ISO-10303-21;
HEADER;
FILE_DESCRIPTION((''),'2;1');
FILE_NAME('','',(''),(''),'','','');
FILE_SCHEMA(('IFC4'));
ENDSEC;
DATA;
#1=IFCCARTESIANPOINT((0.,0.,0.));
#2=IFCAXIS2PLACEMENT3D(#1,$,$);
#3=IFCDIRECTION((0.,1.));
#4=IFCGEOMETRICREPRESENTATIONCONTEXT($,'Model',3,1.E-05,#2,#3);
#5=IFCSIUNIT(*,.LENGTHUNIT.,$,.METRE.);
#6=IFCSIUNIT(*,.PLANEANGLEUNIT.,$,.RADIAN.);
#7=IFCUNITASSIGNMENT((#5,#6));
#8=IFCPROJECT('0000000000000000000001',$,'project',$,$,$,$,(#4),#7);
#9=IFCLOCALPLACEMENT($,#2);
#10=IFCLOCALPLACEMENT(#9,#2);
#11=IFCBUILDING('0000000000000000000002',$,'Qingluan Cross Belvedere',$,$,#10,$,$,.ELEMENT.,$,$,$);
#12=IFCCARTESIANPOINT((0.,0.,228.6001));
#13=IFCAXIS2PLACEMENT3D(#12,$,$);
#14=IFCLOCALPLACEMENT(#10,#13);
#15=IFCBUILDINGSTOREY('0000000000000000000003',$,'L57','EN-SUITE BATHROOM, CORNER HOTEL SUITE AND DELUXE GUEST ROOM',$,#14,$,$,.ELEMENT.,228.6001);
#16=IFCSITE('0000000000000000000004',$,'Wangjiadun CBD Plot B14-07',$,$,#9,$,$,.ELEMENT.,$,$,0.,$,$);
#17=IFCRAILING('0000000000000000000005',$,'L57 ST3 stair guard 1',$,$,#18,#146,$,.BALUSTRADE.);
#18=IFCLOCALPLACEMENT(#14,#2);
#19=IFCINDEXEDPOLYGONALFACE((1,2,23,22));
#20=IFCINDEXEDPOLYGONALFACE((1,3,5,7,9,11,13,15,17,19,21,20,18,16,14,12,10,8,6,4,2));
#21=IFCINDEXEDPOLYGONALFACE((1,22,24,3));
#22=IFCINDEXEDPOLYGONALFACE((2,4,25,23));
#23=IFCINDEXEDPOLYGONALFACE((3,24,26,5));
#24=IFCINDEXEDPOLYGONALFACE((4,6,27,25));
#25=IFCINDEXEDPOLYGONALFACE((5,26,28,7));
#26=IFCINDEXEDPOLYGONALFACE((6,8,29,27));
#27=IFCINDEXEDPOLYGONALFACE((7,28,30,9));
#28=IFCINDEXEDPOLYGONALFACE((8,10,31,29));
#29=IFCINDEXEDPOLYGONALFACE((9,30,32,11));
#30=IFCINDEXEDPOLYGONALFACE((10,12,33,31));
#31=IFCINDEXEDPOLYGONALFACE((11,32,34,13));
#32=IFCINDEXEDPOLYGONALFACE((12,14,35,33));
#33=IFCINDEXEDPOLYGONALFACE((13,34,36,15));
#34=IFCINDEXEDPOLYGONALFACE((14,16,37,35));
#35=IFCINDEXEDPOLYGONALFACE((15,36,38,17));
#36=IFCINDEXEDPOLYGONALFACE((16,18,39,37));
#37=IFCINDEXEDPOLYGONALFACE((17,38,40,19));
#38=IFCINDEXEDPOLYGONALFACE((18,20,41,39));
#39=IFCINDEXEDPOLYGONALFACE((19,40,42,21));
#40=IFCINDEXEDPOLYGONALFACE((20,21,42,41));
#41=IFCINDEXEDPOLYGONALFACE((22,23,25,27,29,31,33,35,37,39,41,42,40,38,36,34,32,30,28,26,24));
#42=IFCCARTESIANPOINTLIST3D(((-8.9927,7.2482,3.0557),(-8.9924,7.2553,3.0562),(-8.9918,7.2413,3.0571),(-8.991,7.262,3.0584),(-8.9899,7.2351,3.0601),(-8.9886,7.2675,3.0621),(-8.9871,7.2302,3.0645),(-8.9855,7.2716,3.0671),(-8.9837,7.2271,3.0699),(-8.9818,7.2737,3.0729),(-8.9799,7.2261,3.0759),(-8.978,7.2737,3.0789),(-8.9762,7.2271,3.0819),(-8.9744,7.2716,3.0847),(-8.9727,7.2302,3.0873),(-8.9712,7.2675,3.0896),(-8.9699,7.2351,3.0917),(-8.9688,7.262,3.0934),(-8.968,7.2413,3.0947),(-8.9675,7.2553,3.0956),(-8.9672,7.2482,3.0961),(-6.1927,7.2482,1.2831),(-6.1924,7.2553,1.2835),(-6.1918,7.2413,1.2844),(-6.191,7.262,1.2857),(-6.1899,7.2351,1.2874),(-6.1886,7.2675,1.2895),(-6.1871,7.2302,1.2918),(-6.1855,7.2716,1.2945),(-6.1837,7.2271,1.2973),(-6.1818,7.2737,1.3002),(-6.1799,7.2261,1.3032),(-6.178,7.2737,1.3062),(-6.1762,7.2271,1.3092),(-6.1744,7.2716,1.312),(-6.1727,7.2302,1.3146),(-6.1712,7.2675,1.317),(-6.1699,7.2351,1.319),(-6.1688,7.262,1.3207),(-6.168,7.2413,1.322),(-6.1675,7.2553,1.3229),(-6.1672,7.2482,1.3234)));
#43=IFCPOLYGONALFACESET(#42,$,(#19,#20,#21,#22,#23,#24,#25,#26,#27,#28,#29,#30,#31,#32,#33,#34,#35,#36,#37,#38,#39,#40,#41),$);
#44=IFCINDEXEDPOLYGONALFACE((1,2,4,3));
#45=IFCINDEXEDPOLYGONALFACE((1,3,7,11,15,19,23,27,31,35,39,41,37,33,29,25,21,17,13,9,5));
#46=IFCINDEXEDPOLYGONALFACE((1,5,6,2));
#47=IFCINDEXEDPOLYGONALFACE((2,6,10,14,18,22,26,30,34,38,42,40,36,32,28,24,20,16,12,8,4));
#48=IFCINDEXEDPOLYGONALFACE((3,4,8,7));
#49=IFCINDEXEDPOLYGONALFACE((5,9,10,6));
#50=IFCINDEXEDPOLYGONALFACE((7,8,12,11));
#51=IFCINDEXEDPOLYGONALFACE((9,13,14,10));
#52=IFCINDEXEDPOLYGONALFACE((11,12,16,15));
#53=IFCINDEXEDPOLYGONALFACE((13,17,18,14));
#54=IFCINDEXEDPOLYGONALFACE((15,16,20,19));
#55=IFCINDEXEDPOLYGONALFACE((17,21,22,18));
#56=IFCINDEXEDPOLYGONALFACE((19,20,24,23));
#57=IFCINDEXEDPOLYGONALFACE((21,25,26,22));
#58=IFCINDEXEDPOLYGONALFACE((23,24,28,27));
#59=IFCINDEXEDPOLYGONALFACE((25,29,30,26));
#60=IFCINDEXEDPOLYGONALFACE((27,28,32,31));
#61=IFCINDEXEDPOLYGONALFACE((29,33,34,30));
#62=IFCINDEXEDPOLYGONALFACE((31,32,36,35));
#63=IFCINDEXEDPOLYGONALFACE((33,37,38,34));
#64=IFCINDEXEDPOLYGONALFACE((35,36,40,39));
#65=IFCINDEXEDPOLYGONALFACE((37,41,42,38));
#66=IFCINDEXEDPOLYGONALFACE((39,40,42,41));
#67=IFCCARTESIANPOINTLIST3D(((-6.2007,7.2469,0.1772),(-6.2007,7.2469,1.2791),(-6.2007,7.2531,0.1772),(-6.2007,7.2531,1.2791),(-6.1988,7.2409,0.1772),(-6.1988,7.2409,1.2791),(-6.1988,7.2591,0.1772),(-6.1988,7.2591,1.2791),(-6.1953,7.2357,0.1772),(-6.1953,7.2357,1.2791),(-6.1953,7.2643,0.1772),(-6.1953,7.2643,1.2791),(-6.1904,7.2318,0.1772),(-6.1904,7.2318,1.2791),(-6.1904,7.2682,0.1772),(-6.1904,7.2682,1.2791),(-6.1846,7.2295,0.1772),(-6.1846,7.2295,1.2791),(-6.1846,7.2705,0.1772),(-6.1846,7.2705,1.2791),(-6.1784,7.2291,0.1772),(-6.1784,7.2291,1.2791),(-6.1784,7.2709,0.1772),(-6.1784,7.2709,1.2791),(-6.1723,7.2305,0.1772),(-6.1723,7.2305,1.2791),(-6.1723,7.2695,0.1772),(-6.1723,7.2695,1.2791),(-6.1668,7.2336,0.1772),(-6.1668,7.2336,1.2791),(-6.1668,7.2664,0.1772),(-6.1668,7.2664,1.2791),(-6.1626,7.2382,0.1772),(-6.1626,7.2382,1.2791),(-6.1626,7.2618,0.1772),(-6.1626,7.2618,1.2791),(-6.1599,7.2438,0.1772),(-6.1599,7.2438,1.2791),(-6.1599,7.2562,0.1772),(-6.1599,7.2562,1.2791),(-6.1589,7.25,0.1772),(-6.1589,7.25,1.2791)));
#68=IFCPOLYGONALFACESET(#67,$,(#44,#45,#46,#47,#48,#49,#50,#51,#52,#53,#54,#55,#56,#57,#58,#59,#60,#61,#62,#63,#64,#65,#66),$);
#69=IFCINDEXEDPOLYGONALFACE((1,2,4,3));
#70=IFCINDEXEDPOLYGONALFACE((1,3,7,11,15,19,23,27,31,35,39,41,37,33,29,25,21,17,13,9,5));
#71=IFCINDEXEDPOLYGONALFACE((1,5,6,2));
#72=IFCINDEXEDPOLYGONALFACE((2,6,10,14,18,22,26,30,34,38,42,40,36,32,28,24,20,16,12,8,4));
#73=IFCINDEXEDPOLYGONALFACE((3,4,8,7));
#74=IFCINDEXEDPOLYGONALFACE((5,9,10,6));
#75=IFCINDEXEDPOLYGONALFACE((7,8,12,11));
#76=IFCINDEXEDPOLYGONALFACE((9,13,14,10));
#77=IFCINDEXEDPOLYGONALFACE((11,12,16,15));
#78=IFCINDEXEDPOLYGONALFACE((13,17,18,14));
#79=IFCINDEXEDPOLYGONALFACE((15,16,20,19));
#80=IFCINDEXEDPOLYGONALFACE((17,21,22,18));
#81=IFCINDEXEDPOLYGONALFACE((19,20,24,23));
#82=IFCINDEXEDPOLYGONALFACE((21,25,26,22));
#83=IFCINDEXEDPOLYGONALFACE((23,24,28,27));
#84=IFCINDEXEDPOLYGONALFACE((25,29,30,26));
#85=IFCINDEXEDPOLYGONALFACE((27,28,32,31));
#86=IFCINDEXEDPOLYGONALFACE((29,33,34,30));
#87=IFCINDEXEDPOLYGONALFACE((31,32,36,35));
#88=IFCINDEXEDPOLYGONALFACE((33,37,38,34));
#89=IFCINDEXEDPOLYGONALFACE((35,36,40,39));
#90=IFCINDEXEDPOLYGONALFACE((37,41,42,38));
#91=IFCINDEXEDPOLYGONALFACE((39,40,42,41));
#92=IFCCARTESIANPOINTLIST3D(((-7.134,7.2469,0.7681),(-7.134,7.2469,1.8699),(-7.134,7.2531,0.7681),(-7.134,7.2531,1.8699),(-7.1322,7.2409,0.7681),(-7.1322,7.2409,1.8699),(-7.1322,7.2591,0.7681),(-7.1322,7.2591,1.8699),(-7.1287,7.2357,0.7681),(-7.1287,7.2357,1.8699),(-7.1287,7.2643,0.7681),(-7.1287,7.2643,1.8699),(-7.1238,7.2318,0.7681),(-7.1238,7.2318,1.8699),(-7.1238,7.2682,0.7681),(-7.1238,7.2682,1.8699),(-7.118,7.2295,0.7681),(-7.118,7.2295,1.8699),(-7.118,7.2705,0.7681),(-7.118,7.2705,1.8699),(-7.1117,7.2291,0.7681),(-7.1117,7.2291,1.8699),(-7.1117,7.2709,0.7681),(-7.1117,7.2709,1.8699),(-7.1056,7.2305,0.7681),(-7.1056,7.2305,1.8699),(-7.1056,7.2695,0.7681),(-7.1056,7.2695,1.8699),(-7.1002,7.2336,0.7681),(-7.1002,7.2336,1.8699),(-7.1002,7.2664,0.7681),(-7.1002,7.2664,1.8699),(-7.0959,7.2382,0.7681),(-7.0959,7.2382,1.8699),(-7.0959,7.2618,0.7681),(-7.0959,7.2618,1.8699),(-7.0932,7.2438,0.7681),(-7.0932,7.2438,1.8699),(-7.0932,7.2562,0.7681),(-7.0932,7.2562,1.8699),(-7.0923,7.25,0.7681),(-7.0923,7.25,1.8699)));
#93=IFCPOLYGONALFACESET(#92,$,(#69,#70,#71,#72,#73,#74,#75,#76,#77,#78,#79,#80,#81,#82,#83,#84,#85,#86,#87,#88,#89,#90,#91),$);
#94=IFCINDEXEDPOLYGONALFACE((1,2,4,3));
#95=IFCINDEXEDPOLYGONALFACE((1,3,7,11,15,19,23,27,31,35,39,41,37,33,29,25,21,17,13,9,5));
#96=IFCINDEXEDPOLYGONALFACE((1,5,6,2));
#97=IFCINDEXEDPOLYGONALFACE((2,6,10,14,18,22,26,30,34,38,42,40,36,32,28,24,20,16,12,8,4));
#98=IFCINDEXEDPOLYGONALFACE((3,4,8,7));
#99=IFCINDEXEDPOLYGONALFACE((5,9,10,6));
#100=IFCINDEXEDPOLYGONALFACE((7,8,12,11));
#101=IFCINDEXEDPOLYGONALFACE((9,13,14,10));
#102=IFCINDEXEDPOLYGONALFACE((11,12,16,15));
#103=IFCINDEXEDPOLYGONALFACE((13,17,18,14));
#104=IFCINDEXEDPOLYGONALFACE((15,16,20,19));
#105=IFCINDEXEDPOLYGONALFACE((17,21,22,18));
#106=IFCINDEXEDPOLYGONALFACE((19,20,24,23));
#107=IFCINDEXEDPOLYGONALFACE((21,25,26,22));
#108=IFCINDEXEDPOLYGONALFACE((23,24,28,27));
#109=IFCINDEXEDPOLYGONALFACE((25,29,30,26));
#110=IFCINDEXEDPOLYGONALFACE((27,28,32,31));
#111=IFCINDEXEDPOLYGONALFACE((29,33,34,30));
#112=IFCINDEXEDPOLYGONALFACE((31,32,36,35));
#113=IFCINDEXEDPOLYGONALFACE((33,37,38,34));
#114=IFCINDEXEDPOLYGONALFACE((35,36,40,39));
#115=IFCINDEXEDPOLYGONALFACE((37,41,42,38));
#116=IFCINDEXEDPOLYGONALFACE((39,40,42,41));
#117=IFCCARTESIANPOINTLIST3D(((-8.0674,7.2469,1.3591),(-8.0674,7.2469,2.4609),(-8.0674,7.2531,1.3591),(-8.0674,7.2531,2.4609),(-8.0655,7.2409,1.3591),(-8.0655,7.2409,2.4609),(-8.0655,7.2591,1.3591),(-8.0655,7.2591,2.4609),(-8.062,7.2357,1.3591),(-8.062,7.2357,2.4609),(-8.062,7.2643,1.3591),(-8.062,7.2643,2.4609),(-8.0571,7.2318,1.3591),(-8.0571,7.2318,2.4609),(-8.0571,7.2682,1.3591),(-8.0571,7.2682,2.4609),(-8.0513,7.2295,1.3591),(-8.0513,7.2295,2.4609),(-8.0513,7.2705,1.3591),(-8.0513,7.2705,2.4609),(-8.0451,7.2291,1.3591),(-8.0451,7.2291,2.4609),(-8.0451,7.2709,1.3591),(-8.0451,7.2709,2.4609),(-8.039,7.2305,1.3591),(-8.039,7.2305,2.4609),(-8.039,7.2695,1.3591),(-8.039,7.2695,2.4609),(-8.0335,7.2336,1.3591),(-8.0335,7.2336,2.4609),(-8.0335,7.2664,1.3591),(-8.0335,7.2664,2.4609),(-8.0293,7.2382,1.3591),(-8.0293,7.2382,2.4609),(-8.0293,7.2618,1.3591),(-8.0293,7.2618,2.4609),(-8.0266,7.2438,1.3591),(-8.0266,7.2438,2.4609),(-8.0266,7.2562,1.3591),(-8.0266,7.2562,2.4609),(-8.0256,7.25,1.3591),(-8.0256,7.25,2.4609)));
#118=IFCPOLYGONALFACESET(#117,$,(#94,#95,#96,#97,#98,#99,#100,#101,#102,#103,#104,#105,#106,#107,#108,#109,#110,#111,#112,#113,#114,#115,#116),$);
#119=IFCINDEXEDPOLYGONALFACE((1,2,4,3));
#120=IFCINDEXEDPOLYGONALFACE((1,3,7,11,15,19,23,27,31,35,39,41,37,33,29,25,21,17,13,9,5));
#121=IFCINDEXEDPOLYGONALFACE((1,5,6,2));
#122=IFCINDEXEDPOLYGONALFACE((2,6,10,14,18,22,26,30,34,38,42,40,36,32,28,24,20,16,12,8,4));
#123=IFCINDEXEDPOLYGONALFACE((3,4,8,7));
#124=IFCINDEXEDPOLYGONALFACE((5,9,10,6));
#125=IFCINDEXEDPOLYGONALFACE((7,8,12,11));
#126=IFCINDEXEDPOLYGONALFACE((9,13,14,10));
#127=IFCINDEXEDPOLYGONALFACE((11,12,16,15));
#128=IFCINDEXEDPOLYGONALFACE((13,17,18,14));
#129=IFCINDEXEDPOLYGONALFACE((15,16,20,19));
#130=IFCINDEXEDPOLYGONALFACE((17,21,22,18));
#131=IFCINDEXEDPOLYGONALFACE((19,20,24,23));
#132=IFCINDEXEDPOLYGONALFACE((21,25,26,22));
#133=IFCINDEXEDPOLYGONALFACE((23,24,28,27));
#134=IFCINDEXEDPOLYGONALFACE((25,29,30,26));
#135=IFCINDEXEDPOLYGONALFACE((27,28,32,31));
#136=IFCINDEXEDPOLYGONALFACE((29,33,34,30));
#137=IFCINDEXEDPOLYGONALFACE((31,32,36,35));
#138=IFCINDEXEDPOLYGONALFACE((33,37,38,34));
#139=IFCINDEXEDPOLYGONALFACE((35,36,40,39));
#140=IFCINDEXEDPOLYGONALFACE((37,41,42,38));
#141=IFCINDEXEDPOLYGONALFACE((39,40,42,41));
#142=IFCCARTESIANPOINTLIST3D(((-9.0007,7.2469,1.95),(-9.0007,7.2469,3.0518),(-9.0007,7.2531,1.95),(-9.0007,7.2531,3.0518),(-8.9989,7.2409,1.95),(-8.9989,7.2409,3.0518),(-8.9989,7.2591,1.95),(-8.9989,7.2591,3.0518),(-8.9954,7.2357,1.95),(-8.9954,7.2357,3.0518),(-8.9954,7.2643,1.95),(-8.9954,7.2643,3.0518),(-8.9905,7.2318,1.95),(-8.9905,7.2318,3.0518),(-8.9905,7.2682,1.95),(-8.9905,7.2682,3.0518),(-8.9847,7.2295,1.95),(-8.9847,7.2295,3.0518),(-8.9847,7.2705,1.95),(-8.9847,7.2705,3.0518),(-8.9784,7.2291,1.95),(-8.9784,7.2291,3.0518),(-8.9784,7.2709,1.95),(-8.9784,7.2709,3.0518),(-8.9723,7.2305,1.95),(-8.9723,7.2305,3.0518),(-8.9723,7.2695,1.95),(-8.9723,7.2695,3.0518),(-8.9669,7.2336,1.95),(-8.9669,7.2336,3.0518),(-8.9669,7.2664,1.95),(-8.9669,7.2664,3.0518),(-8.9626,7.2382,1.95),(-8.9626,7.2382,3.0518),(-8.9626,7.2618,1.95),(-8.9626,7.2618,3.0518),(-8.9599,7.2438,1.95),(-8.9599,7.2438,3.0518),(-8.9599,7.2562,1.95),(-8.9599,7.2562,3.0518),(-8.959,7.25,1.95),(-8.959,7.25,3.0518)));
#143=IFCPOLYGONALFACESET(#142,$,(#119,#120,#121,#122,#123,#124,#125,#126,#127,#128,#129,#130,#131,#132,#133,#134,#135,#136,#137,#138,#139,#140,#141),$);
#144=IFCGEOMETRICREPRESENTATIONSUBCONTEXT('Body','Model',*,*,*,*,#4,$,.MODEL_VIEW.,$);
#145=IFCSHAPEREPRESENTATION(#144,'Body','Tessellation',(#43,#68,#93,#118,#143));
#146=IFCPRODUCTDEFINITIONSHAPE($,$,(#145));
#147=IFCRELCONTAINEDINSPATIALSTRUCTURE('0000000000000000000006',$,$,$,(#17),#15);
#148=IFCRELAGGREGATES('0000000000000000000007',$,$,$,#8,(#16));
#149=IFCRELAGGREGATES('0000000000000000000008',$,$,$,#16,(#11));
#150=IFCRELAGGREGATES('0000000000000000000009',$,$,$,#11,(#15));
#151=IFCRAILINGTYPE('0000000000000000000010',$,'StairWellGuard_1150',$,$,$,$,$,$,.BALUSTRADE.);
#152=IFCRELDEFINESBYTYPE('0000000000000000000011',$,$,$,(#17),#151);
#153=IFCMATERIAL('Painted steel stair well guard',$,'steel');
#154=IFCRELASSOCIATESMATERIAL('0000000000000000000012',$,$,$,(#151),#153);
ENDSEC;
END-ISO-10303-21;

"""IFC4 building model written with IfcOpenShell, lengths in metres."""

from ifc_helpers import new_model, si_unit, direction, frame, origin, origin_2d, place, context, subcontext, project, spatial, circle, extrude, material, type_object, element, save


model = new_model("IFC4")

# Units and contexts
model_context = context("Model", 3, precision=1e-05, world=origin(), true_north=direction((0.0, 1.0)))
body_context = subcontext(model_context, "Body", "Model", "MODEL_VIEW")
ifc_project = project(units=[si_unit("LENGTHUNIT", "METRE"), si_unit("PLANEANGLEUNIT", "RADIAN")], contexts=[model_context])

# Site, building, storey
site_placement = place(None, origin())
site = spatial("IfcSite", under=ifc_project, at=site_placement, Name="Wangjiadun CBD Plot B14-07", CompositionType="ELEMENT", RefElevation=0.0)
building_placement = place(site_placement, origin())
building = spatial("IfcBuilding", under=site, at=building_placement, Name="Qingluan Cross Belvedere", CompositionType="ELEMENT")
storey_placement = place(building_placement, frame((0.0, 0.0, 228.6001)))
storey = spatial("IfcBuildingStorey", under=building, at=storey_placement, Name="L57", Description="EN-SUITE BATHROOM, CORNER HOTEL SUITE AND DELUXE GUEST ROOM", CompositionType="ELEMENT", Elevation=228.6001)

# Railing
ifc_material_1 = material(Name="Painted steel stair well guard", Category="steel")
railing_type_1 = type_object("IfcRailingType", Name="StairWellGuard_1150", PredefinedType="BALUSTRADE", material=ifc_material_1)
railing_1_placement = place(storey_placement, frame((-6.1799, 7.25, 0.1772)))
element("IfcRailing", 1, at=railing_1_placement, inside=storey, type_object=railing_type_1, Name="L57 ST3 stair guard 1", PredefinedType="BALUSTRADE", context=body_context, shape_type="SweptSolid", body=[
    extrude(circle(Radius=0.0239, at=origin_2d()), frame((0.0, 0.0, 1.126), z_axis=(-0.844909, 0.0, 0.53491), x_axis=(0.0, -1.0, 0.0)), (0.0, 0.0, 1.0), 3.314),
    extrude(circle(Radius=0.021, at=origin_2d()), origin(), (0.0, 0.0, 1.0), 1.1018),
    extrude(circle(Radius=0.021, at=origin_2d()), frame((-0.9333, 0.0, 0.5908)), (0.0, 0.0, 1.0), 1.1018),
    extrude(circle(Radius=0.021, at=origin_2d()), frame((-1.8667, 0.0, 1.1819)), (0.0, 0.0, 1.0), 1.1018),
    extrude(circle(Radius=0.021, at=origin_2d()), frame((-2.8, 0.0, 1.7727)), (0.0, 0.0, 1.0), 1.1018),
])

save(model, "model.ifc")
